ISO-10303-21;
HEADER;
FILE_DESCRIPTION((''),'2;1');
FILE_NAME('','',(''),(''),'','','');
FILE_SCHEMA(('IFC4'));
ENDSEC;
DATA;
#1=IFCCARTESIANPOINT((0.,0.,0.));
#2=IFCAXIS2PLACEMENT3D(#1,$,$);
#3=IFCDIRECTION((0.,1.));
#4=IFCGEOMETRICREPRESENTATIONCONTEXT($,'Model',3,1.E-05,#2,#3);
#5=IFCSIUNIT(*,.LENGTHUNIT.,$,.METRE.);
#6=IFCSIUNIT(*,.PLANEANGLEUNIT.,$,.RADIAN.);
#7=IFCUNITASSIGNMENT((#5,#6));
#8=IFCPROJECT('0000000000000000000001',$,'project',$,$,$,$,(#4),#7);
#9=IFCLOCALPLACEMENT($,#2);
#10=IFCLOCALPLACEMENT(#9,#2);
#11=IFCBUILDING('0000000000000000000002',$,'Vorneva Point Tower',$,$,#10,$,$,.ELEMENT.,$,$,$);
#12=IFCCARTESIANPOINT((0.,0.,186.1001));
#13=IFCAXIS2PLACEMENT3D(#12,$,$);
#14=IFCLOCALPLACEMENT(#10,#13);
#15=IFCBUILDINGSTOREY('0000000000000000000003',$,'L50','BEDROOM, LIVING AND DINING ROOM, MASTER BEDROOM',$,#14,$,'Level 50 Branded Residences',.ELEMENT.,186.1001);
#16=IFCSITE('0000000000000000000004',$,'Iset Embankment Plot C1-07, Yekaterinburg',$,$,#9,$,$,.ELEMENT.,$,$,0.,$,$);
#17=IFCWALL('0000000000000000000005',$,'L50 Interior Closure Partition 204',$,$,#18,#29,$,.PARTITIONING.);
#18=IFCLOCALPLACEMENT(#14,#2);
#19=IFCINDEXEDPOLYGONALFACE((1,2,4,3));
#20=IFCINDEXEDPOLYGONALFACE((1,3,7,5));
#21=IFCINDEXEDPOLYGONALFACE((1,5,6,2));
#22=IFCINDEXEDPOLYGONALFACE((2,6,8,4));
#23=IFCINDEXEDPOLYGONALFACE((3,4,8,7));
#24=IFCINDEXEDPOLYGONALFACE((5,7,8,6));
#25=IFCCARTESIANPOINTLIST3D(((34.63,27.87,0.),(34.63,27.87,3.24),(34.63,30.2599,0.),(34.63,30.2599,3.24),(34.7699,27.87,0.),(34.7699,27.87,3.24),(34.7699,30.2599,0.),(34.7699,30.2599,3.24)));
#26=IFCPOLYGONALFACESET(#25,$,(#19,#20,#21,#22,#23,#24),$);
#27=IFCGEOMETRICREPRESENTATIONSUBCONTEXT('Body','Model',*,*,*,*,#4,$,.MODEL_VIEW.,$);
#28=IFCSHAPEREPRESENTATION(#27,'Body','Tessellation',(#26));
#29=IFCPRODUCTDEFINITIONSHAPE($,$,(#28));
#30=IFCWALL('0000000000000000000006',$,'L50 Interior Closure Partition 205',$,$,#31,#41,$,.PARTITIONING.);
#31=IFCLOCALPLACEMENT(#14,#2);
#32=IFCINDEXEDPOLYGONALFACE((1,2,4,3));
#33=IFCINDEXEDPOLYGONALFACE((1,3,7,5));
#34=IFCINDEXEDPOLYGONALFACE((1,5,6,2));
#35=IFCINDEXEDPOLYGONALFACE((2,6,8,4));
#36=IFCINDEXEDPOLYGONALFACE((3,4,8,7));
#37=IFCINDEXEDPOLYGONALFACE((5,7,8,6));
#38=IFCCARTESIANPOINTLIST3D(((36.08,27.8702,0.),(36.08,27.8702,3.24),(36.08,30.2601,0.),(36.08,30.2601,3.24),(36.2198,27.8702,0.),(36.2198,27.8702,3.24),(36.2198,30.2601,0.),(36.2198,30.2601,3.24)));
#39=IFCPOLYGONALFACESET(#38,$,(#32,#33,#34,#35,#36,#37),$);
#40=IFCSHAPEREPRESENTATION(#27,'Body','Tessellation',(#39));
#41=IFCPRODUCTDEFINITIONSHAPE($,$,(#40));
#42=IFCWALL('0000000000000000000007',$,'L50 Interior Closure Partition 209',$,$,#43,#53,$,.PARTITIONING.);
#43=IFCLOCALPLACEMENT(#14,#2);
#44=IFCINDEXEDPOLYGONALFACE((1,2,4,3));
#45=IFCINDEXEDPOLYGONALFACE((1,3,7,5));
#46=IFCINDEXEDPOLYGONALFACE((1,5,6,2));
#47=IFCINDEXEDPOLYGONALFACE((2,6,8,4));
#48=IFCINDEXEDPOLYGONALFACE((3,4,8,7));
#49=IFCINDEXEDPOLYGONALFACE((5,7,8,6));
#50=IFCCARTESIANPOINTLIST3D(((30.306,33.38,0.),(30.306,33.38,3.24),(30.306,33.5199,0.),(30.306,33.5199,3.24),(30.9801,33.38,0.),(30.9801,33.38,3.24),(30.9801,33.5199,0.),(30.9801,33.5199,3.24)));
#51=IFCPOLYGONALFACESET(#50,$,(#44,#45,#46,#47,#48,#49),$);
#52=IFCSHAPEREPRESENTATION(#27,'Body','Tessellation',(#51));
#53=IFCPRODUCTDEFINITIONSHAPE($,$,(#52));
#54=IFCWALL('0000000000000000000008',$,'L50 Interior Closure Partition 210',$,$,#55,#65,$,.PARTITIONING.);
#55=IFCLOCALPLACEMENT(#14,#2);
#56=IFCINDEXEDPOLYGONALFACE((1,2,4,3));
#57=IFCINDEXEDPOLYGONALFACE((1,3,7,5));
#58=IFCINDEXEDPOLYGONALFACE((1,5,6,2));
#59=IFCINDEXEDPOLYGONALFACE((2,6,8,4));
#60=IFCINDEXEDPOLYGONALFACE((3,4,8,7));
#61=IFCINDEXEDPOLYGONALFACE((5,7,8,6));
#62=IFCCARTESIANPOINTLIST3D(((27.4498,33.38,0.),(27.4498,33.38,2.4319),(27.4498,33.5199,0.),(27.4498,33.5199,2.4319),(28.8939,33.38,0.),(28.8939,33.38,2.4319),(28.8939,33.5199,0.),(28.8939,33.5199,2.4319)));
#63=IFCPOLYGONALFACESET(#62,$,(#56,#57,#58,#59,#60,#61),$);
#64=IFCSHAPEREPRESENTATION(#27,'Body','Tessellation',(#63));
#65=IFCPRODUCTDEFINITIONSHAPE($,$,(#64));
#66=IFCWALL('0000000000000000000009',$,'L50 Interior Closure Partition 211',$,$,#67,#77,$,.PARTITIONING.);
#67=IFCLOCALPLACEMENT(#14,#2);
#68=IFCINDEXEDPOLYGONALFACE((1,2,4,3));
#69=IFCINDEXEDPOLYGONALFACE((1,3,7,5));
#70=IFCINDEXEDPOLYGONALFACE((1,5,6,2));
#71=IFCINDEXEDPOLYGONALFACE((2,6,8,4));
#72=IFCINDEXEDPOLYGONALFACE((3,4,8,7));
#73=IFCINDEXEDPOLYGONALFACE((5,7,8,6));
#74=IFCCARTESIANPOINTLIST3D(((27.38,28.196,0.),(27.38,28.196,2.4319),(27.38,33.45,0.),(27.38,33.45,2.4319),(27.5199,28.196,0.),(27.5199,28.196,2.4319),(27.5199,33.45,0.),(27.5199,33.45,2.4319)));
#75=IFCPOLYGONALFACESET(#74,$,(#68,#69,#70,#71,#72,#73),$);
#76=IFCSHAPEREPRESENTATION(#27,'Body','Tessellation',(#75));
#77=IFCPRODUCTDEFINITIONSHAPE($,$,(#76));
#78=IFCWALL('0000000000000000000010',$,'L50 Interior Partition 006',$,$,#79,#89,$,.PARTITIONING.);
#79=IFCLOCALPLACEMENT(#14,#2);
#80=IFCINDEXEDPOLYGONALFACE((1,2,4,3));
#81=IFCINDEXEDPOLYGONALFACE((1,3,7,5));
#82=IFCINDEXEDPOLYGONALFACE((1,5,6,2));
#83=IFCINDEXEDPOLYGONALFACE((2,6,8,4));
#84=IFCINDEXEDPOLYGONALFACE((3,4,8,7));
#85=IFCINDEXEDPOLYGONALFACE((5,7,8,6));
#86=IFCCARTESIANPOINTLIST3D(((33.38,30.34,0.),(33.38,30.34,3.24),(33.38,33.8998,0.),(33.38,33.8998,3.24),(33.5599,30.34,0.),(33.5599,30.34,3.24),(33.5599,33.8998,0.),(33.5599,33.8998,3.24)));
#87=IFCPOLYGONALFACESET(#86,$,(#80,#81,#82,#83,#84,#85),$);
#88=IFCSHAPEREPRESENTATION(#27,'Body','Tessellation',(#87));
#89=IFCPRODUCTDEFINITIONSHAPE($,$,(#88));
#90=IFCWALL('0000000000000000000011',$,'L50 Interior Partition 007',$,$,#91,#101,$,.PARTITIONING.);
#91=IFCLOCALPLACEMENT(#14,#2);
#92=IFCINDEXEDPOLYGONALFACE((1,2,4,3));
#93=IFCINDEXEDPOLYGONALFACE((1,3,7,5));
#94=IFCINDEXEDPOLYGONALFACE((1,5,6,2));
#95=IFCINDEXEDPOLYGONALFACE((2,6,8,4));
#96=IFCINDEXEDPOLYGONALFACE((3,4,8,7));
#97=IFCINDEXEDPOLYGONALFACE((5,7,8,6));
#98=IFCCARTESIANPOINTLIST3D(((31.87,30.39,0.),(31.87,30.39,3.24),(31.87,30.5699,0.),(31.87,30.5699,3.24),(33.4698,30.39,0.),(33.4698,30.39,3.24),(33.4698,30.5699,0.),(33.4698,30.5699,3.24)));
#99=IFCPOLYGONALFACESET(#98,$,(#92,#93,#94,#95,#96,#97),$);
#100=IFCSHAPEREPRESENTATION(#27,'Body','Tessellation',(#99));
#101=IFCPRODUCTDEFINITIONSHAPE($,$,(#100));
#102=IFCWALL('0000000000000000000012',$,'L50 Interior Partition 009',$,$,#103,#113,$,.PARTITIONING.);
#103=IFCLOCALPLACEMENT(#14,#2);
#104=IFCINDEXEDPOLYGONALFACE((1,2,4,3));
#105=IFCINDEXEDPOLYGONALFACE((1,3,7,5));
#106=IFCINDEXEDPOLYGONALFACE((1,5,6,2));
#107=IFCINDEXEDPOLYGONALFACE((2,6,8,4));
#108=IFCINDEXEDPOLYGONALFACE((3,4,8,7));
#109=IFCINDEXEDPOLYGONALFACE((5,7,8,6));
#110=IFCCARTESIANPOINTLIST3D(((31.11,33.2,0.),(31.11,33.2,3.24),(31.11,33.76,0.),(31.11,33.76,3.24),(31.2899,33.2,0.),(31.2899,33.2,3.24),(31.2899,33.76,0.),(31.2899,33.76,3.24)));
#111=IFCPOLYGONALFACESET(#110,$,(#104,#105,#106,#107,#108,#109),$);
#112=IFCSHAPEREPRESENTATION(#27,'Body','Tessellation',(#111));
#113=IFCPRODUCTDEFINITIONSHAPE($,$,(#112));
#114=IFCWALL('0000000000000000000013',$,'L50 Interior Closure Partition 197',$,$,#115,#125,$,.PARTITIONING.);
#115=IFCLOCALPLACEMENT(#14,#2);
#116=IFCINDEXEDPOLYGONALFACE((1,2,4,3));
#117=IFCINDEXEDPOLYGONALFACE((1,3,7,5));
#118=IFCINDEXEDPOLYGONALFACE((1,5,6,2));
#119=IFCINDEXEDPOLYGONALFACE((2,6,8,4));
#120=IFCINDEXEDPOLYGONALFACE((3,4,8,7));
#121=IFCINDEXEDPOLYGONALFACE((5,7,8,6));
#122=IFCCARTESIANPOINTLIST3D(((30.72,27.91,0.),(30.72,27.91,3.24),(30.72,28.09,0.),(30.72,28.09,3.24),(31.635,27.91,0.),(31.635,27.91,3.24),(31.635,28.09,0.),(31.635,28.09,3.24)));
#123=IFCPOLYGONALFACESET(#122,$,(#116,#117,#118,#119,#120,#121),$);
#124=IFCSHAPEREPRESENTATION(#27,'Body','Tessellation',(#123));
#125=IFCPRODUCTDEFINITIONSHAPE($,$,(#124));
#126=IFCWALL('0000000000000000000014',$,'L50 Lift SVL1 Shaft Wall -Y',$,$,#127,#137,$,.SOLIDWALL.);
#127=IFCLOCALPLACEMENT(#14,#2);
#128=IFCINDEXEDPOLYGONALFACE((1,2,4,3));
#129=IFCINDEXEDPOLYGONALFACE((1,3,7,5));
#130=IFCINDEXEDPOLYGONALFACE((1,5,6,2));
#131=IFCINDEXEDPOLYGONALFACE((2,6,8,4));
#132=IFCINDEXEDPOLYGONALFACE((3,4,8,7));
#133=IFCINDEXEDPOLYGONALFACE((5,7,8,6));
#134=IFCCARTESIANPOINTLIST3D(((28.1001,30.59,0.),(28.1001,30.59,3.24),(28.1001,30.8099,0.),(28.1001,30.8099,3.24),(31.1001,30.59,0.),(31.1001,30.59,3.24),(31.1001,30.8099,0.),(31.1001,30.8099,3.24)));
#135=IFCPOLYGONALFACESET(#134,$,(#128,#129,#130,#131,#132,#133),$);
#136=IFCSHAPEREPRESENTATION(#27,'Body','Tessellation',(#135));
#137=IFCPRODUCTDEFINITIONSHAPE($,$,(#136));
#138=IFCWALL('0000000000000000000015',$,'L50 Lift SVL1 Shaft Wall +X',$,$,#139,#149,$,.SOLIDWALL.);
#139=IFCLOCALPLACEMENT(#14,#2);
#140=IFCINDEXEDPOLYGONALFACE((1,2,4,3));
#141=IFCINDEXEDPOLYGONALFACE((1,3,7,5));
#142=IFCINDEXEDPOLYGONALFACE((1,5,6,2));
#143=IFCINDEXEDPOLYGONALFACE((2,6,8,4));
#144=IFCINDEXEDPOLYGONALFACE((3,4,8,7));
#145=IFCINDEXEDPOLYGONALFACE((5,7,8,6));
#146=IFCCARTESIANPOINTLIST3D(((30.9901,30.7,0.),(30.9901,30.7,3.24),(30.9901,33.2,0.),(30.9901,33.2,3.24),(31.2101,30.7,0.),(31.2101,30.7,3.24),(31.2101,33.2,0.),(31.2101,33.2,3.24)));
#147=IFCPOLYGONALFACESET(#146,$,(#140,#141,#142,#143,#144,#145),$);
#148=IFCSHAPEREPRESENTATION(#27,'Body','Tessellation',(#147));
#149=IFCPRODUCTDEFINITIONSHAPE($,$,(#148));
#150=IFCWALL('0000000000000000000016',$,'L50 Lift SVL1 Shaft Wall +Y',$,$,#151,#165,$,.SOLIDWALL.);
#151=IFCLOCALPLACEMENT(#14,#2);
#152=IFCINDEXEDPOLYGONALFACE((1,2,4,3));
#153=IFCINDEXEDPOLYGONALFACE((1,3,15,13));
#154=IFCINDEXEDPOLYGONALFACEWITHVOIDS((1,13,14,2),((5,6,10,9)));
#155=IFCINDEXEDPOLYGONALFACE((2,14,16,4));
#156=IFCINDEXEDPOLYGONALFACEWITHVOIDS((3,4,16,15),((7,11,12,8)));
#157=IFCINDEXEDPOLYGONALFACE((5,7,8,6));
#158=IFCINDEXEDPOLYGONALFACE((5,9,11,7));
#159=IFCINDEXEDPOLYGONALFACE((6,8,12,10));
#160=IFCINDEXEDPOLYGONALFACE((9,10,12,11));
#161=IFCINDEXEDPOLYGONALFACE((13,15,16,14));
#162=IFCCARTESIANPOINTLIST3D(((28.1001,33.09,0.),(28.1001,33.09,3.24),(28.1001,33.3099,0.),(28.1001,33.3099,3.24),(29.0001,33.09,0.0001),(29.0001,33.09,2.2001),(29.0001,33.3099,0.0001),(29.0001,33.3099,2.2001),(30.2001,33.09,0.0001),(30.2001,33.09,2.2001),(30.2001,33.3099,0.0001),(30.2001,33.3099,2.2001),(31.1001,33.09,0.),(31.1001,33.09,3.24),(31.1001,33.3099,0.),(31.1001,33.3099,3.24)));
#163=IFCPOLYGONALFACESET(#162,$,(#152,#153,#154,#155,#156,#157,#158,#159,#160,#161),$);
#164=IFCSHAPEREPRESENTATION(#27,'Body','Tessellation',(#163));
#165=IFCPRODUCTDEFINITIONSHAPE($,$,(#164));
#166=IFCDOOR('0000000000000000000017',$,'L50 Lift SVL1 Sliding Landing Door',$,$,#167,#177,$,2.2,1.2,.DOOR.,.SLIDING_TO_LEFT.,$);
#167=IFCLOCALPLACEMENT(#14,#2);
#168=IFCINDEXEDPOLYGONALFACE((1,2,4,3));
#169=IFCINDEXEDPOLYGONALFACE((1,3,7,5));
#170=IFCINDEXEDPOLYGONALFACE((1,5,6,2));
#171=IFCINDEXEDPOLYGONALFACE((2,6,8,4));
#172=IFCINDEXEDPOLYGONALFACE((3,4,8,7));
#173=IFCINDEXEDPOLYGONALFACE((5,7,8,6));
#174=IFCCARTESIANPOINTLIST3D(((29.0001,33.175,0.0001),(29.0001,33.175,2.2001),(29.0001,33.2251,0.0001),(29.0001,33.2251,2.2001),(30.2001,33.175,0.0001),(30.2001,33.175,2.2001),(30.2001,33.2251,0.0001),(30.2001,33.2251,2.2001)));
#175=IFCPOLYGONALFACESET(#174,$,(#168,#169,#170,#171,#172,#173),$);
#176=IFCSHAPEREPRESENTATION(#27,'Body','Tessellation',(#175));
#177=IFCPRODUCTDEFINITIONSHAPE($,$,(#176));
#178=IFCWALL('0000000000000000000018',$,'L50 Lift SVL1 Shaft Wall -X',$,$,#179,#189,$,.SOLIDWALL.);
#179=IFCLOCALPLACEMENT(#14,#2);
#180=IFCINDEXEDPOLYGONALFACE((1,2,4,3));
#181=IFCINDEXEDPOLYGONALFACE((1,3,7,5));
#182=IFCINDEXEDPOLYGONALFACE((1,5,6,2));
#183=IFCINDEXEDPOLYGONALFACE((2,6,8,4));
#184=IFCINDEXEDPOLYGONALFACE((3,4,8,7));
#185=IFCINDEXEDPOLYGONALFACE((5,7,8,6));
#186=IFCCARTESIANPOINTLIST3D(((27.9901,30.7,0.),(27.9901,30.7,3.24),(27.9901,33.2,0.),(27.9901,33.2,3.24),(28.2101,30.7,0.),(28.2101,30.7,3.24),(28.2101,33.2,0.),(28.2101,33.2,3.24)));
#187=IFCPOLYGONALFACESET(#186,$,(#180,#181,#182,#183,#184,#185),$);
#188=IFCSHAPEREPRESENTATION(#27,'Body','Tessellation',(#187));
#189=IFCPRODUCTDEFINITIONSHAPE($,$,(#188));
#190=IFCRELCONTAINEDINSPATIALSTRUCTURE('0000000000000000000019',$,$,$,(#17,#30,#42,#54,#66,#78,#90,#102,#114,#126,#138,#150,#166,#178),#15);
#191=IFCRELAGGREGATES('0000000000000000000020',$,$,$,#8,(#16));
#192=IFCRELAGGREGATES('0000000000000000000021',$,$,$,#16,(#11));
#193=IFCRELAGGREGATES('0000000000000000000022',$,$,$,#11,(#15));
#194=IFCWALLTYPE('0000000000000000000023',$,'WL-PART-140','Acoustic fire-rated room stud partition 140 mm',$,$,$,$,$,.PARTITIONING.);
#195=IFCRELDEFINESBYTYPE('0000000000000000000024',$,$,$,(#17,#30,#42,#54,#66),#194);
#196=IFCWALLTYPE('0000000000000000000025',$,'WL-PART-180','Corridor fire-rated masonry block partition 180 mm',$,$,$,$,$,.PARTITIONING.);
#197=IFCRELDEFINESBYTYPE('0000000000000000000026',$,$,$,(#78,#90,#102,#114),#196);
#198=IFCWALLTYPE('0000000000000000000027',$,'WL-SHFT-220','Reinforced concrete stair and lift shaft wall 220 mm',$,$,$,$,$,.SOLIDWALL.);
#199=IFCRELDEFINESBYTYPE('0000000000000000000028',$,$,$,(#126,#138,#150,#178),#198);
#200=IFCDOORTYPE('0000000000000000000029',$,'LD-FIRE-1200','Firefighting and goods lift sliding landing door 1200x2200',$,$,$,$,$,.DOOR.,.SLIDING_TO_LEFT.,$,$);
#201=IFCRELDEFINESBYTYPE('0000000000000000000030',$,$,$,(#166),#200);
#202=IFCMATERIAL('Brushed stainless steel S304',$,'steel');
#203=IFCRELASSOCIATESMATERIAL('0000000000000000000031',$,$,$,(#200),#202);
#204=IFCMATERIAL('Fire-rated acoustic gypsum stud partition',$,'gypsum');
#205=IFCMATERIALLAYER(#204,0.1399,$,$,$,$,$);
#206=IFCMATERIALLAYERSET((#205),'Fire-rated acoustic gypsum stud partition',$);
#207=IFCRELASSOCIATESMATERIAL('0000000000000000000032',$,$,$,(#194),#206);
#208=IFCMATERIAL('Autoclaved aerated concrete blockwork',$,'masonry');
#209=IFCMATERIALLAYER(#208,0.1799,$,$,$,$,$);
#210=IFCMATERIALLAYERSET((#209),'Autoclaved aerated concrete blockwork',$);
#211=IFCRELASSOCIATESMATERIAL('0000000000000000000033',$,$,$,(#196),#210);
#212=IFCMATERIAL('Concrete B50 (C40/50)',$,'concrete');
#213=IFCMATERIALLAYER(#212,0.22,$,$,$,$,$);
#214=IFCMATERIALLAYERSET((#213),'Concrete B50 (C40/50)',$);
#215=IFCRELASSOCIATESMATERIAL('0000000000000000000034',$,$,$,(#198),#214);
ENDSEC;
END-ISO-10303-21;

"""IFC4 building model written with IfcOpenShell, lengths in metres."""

from ifc_helpers import new_model, si_unit, direction, frame, frame_2d, origin, place, context, subcontext, project, spatial, rectangle, extrude, material, layer, layer_set, type_object, element, fill, save


model = new_model("IFC4")

# Units and contexts
model_context = context("Model", 3, precision=1e-05, world=origin(), true_north=direction((0.0, 1.0)))
body_context = subcontext(model_context, "Body", "Model", "MODEL_VIEW")
ifc_project = project(units=[si_unit("LENGTHUNIT", "METRE"), si_unit("PLANEANGLEUNIT", "RADIAN")], contexts=[model_context])

# Site, building, storey
site_placement = place(None, origin())
site = spatial("IfcSite", under=ifc_project, at=site_placement, Name="Iset Embankment Plot C1-07, Yekaterinburg", CompositionType="ELEMENT", RefElevation=0.0)
building_placement = place(site_placement, origin())
building = spatial("IfcBuilding", under=site, at=building_placement, Name="Vorneva Point Tower", CompositionType="ELEMENT")
storey_placement = place(building_placement, frame((0.0, 0.0, 186.1001)))
storey = spatial("IfcBuildingStorey", under=building, at=storey_placement, Name="L50", Description="BEDROOM, LIVING AND DINING ROOM, MASTER BEDROOM", LongName="Level 50 Branded Residences", CompositionType="ELEMENT", Elevation=186.1001)

# Shared definitions
ifc_material_1 = material(Name="Concrete B50 (C40/50)", Category="concrete")

# Shared definitions
ifc_material_2 = material(Name="Brushed stainless steel S304", Category="steel")
door_type_1 = type_object("IfcDoorType", Name="LD-FIRE-1200", Description="Firefighting and goods lift sliding landing door 1200x2200", OperationType="SLIDING_TO_LEFT", PredefinedType="DOOR", material=ifc_material_2)

# Walls
ifc_material_3 = material(Name="Fire-rated acoustic gypsum stud partition", Category="gypsum")
ifc_layer_1 = layer(ifc_material_3, 0.1399)
ifc_layer_set_1 = layer_set([ifc_layer_1], Name="Fire-rated acoustic gypsum stud partition")
wall_type_1 = type_object("IfcWallType", Name="WL-PART-140", Description="Acoustic fire-rated room stud partition 140 mm", PredefinedType="PARTITIONING", material=ifc_layer_set_1)
for number, where, z_axis, x_axis, name in (
    (1, (34.7, 27.8701, 0.0), (0.0, 0.0, 1.0), (0.0, 1.0, 0.0), "L50 Interior Closure Partition 204"),
    (2, (36.1499, 30.26, 0.0), (0.0, 0.0, 1.0), (0.0, -1.0, 0.0), "L50 Interior Closure Partition 205"),
):
    element("IfcWall", number, at=place(storey_placement, frame(where, z_axis=z_axis, x_axis=x_axis)), inside=storey, type_object=wall_type_1, Name=name, PredefinedType="PARTITIONING", context=body_context, shape_type="SweptSolid", body=[
        extrude(rectangle(XDim=2.3899, YDim=0.1399, at=frame_2d((1.1948, 0.0))), origin(), (0.0, 0.0, 1.0), 3.24),
    ])
wall_1_placement = place(storey_placement, frame((30.98, 33.45, 0.0), z_axis=(0.0, 0.0, 1.0), x_axis=(-1.0, 0.0, 0.0)))
element("IfcWall", 3, at=wall_1_placement, inside=storey, type_object=wall_type_1, Name="L50 Interior Closure Partition 209", PredefinedType="PARTITIONING", context=body_context, shape_type="SweptSolid", body=[
    extrude(rectangle(XDim=0.6741, YDim=0.1399, at=frame_2d((0.3369, 0.0))), origin(), (0.0, 0.0, 1.0), 3.24),
])
wall_2_placement = place(storey_placement, frame((28.894, 33.45, 0.0), z_axis=(0.0, 0.0, 1.0), x_axis=(-1.0, 0.0, 0.0)))
element("IfcWall", 4, at=wall_2_placement, inside=storey, type_object=wall_type_1, Name="L50 Interior Closure Partition 210", PredefinedType="PARTITIONING", context=body_context, shape_type="SweptSolid", body=[
    extrude(rectangle(XDim=1.4441, YDim=0.1399, at=frame_2d((0.7222, 0.0))), origin(), (0.0, 0.0, 1.0), 2.4319),
])
wall_3_placement = place(storey_placement, frame((27.45, 33.45, 0.0), z_axis=(0.0, 0.0, 1.0), x_axis=(0.0, -1.0, 0.0)))
element("IfcWall", 5, at=wall_3_placement, inside=storey, type_object=wall_type_1, Name="L50 Interior Closure Partition 211", PredefinedType="PARTITIONING", context=body_context, shape_type="SweptSolid", body=[
    extrude(rectangle(XDim=5.2539, YDim=0.1399, at=frame_2d((2.627, 0.0))), origin(), (0.0, 0.0, 1.0), 2.4319),
])

# Shared definitions
ifc_material_4 = material(Name="Autoclaved aerated concrete blockwork", Category="masonry")
ifc_layer_2 = layer(ifc_material_4, 0.1799)
ifc_layer_set_2 = layer_set([ifc_layer_2], Name="Autoclaved aerated concrete blockwork")
wall_type_2 = type_object("IfcWallType", Name="WL-PART-180", Description="Corridor fire-rated masonry block partition 180 mm", PredefinedType="PARTITIONING", material=ifc_layer_set_2)

# Walls
wall_4_placement = place(storey_placement, frame((33.47, 30.3401, 0.0), z_axis=(0.0, 0.0, 1.0), x_axis=(0.0, 1.0, 0.0)))
element("IfcWall", 6, at=wall_4_placement, inside=storey, type_object=wall_type_2, Name="L50 Interior Partition 006", PredefinedType="PARTITIONING", context=body_context, shape_type="SweptSolid", body=[
    extrude(rectangle(XDim=3.5598, YDim=0.1799, at=frame_2d((1.7798, 0.0))), origin(), (0.0, 0.0, 1.0), 3.24),
])
wall_5_placement = place(storey_placement, frame((31.8701, 30.48, 0.0), z_axis=(0.0, 0.0, 1.0), x_axis=(1.0, 0.0, 0.0)))
element("IfcWall", 7, at=wall_5_placement, inside=storey, type_object=wall_type_2, Name="L50 Interior Partition 007", PredefinedType="PARTITIONING", context=body_context, shape_type="SweptSolid", body=[
    extrude(rectangle(XDim=1.5999, YDim=0.1799, at=frame_2d((0.7998, 0.0))), origin(), (0.0, 0.0, 1.0), 3.24),
])

# Wall
wall_6_placement = place(storey_placement, frame((31.2, 33.76, 0.0), z_axis=(0.0, 0.0, 1.0), x_axis=(0.0, -1.0, 0.0)))
element("IfcWall", 8, at=wall_6_placement, inside=storey, type_object=wall_type_2, Name="L50 Interior Partition 009", PredefinedType="PARTITIONING", context=body_context, shape_type="SweptSolid", body=[
    extrude(rectangle(XDim=0.5601, YDim=0.1799, at=frame_2d((0.28, 0.0))), origin(), (0.0, 0.0, 1.0), 3.24),
])

# Walls
wall_7_placement = place(storey_placement, frame((31.635, 28.0, 0.0), z_axis=(0.0, 0.0, 1.0), x_axis=(-1.0, 0.0, 0.0)))
element("IfcWall", 9, at=wall_7_placement, inside=storey, type_object=wall_type_2, Name="L50 Interior Closure Partition 197", PredefinedType="PARTITIONING", context=body_context, shape_type="SweptSolid", body=[
    extrude(rectangle(XDim=0.915, YDim=0.1799, at=frame_2d((0.4575, 0.0))), origin(), (0.0, 0.0, 1.0), 3.24),
])
ifc_layer_3 = layer(ifc_material_1, 0.22)
ifc_layer_set_3 = layer_set([ifc_layer_3], Name="Concrete B50 (C40/50)")
wall_type_3 = type_object("IfcWallType", Name="WL-SHFT-220", Description="Reinforced concrete stair and lift shaft wall 220 mm", PredefinedType="SOLIDWALL", material=ifc_layer_set_3)
wall_8_placement = place(storey_placement, frame((28.1001, 30.7, 0.0), z_axis=(0.0, 0.0, 1.0), x_axis=(1.0, 0.0, 0.0)))
element("IfcWall", 10, at=wall_8_placement, inside=storey, type_object=wall_type_3, Name="L50 Lift SVL1 Shaft Wall -Y", PredefinedType="SOLIDWALL", context=body_context, shape_type="SweptSolid", body=[
    extrude(rectangle(XDim=3.0, YDim=0.22, at=frame_2d((1.5, 0.0))), origin(), (0.0, 0.0, 1.0), 3.24),
])
wall_9_placement = place(storey_placement, frame((31.1001, 30.7, 0.0), z_axis=(0.0, 0.0, 1.0), x_axis=(0.0, 1.0, 0.0)))
element("IfcWall", 11, at=wall_9_placement, inside=storey, type_object=wall_type_3, Name="L50 Lift SVL1 Shaft Wall +X", PredefinedType="SOLIDWALL", context=body_context, shape_type="SweptSolid", body=[
    extrude(rectangle(XDim=2.5, YDim=0.22, at=frame_2d((1.25, 0.0))), origin(), (0.0, 0.0, 1.0), 3.24),
])

# Wall, opening, door
wall_10_placement = place(storey_placement, frame((31.1001, 33.2, 0.0), z_axis=(0.0, 0.0, 1.0), x_axis=(-1.0, 0.0, 0.0)))
wall_10 = element("IfcWall", 12, at=wall_10_placement, inside=storey, type_object=wall_type_3, Name="L50 Lift SVL1 Shaft Wall +Y", PredefinedType="SOLIDWALL", context=body_context, shape_type="SweptSolid", body=[
    extrude(rectangle(XDim=3.0, YDim=0.22, at=frame_2d((1.5, 0.0))), origin(), (0.0, 0.0, 1.0), 3.24),
])
opening_1_placement = place(wall_10_placement, frame((0.8999, 0.0, 0.0)))
opening_1 = element("IfcOpeningElement", 13, at=opening_1_placement, cuts=wall_10, PredefinedType="OPENING", context=body_context, shape_type="SweptSolid", body=[
    extrude(rectangle(XDim=1.2, YDim=2.2, at=frame_2d((0.6001, 1.1001))), frame((0.0, 0.125, 0.0), z_axis=(0.0, -1.0, 0.0), x_axis=(1.0, 0.0, 0.0)), (0.0, 0.0, 1.0), 0.2498),
])
door_1_placement = place(opening_1_placement, origin())
door_1 = element("IfcDoor", 14, at=door_1_placement, inside=storey, type_object=door_type_1, Name="L50 Lift SVL1 Sliding Landing Door", OperationType="SLIDING_TO_LEFT", OverallHeight=2.2, OverallWidth=1.2, PredefinedType="DOOR", context=body_context, shape_type="SweptSolid", body=[
    extrude(rectangle(XDim=1.2, YDim=2.2, at=frame_2d((0.6001, 1.1001))), frame((0.0, 0.0249, 0.0), z_axis=(0.0, -1.0, 0.0), x_axis=(1.0, 0.0, 0.0)), (0.0, 0.0, 1.0), 0.05),
])
fill(opening_1, door_1)

# Wall
wall_11_placement = place(storey_placement, frame((28.1001, 33.2, 0.0), z_axis=(0.0, 0.0, 1.0), x_axis=(0.0, -1.0, 0.0)))
element("IfcWall", 15, at=wall_11_placement, inside=storey, type_object=wall_type_3, Name="L50 Lift SVL1 Shaft Wall -X", PredefinedType="SOLIDWALL", context=body_context, shape_type="SweptSolid", body=[
    extrude(rectangle(XDim=2.5, YDim=0.22, at=frame_2d((1.25, 0.0))), origin(), (0.0, 0.0, 1.0), 3.24),
])

save(model, "model.ifc")
